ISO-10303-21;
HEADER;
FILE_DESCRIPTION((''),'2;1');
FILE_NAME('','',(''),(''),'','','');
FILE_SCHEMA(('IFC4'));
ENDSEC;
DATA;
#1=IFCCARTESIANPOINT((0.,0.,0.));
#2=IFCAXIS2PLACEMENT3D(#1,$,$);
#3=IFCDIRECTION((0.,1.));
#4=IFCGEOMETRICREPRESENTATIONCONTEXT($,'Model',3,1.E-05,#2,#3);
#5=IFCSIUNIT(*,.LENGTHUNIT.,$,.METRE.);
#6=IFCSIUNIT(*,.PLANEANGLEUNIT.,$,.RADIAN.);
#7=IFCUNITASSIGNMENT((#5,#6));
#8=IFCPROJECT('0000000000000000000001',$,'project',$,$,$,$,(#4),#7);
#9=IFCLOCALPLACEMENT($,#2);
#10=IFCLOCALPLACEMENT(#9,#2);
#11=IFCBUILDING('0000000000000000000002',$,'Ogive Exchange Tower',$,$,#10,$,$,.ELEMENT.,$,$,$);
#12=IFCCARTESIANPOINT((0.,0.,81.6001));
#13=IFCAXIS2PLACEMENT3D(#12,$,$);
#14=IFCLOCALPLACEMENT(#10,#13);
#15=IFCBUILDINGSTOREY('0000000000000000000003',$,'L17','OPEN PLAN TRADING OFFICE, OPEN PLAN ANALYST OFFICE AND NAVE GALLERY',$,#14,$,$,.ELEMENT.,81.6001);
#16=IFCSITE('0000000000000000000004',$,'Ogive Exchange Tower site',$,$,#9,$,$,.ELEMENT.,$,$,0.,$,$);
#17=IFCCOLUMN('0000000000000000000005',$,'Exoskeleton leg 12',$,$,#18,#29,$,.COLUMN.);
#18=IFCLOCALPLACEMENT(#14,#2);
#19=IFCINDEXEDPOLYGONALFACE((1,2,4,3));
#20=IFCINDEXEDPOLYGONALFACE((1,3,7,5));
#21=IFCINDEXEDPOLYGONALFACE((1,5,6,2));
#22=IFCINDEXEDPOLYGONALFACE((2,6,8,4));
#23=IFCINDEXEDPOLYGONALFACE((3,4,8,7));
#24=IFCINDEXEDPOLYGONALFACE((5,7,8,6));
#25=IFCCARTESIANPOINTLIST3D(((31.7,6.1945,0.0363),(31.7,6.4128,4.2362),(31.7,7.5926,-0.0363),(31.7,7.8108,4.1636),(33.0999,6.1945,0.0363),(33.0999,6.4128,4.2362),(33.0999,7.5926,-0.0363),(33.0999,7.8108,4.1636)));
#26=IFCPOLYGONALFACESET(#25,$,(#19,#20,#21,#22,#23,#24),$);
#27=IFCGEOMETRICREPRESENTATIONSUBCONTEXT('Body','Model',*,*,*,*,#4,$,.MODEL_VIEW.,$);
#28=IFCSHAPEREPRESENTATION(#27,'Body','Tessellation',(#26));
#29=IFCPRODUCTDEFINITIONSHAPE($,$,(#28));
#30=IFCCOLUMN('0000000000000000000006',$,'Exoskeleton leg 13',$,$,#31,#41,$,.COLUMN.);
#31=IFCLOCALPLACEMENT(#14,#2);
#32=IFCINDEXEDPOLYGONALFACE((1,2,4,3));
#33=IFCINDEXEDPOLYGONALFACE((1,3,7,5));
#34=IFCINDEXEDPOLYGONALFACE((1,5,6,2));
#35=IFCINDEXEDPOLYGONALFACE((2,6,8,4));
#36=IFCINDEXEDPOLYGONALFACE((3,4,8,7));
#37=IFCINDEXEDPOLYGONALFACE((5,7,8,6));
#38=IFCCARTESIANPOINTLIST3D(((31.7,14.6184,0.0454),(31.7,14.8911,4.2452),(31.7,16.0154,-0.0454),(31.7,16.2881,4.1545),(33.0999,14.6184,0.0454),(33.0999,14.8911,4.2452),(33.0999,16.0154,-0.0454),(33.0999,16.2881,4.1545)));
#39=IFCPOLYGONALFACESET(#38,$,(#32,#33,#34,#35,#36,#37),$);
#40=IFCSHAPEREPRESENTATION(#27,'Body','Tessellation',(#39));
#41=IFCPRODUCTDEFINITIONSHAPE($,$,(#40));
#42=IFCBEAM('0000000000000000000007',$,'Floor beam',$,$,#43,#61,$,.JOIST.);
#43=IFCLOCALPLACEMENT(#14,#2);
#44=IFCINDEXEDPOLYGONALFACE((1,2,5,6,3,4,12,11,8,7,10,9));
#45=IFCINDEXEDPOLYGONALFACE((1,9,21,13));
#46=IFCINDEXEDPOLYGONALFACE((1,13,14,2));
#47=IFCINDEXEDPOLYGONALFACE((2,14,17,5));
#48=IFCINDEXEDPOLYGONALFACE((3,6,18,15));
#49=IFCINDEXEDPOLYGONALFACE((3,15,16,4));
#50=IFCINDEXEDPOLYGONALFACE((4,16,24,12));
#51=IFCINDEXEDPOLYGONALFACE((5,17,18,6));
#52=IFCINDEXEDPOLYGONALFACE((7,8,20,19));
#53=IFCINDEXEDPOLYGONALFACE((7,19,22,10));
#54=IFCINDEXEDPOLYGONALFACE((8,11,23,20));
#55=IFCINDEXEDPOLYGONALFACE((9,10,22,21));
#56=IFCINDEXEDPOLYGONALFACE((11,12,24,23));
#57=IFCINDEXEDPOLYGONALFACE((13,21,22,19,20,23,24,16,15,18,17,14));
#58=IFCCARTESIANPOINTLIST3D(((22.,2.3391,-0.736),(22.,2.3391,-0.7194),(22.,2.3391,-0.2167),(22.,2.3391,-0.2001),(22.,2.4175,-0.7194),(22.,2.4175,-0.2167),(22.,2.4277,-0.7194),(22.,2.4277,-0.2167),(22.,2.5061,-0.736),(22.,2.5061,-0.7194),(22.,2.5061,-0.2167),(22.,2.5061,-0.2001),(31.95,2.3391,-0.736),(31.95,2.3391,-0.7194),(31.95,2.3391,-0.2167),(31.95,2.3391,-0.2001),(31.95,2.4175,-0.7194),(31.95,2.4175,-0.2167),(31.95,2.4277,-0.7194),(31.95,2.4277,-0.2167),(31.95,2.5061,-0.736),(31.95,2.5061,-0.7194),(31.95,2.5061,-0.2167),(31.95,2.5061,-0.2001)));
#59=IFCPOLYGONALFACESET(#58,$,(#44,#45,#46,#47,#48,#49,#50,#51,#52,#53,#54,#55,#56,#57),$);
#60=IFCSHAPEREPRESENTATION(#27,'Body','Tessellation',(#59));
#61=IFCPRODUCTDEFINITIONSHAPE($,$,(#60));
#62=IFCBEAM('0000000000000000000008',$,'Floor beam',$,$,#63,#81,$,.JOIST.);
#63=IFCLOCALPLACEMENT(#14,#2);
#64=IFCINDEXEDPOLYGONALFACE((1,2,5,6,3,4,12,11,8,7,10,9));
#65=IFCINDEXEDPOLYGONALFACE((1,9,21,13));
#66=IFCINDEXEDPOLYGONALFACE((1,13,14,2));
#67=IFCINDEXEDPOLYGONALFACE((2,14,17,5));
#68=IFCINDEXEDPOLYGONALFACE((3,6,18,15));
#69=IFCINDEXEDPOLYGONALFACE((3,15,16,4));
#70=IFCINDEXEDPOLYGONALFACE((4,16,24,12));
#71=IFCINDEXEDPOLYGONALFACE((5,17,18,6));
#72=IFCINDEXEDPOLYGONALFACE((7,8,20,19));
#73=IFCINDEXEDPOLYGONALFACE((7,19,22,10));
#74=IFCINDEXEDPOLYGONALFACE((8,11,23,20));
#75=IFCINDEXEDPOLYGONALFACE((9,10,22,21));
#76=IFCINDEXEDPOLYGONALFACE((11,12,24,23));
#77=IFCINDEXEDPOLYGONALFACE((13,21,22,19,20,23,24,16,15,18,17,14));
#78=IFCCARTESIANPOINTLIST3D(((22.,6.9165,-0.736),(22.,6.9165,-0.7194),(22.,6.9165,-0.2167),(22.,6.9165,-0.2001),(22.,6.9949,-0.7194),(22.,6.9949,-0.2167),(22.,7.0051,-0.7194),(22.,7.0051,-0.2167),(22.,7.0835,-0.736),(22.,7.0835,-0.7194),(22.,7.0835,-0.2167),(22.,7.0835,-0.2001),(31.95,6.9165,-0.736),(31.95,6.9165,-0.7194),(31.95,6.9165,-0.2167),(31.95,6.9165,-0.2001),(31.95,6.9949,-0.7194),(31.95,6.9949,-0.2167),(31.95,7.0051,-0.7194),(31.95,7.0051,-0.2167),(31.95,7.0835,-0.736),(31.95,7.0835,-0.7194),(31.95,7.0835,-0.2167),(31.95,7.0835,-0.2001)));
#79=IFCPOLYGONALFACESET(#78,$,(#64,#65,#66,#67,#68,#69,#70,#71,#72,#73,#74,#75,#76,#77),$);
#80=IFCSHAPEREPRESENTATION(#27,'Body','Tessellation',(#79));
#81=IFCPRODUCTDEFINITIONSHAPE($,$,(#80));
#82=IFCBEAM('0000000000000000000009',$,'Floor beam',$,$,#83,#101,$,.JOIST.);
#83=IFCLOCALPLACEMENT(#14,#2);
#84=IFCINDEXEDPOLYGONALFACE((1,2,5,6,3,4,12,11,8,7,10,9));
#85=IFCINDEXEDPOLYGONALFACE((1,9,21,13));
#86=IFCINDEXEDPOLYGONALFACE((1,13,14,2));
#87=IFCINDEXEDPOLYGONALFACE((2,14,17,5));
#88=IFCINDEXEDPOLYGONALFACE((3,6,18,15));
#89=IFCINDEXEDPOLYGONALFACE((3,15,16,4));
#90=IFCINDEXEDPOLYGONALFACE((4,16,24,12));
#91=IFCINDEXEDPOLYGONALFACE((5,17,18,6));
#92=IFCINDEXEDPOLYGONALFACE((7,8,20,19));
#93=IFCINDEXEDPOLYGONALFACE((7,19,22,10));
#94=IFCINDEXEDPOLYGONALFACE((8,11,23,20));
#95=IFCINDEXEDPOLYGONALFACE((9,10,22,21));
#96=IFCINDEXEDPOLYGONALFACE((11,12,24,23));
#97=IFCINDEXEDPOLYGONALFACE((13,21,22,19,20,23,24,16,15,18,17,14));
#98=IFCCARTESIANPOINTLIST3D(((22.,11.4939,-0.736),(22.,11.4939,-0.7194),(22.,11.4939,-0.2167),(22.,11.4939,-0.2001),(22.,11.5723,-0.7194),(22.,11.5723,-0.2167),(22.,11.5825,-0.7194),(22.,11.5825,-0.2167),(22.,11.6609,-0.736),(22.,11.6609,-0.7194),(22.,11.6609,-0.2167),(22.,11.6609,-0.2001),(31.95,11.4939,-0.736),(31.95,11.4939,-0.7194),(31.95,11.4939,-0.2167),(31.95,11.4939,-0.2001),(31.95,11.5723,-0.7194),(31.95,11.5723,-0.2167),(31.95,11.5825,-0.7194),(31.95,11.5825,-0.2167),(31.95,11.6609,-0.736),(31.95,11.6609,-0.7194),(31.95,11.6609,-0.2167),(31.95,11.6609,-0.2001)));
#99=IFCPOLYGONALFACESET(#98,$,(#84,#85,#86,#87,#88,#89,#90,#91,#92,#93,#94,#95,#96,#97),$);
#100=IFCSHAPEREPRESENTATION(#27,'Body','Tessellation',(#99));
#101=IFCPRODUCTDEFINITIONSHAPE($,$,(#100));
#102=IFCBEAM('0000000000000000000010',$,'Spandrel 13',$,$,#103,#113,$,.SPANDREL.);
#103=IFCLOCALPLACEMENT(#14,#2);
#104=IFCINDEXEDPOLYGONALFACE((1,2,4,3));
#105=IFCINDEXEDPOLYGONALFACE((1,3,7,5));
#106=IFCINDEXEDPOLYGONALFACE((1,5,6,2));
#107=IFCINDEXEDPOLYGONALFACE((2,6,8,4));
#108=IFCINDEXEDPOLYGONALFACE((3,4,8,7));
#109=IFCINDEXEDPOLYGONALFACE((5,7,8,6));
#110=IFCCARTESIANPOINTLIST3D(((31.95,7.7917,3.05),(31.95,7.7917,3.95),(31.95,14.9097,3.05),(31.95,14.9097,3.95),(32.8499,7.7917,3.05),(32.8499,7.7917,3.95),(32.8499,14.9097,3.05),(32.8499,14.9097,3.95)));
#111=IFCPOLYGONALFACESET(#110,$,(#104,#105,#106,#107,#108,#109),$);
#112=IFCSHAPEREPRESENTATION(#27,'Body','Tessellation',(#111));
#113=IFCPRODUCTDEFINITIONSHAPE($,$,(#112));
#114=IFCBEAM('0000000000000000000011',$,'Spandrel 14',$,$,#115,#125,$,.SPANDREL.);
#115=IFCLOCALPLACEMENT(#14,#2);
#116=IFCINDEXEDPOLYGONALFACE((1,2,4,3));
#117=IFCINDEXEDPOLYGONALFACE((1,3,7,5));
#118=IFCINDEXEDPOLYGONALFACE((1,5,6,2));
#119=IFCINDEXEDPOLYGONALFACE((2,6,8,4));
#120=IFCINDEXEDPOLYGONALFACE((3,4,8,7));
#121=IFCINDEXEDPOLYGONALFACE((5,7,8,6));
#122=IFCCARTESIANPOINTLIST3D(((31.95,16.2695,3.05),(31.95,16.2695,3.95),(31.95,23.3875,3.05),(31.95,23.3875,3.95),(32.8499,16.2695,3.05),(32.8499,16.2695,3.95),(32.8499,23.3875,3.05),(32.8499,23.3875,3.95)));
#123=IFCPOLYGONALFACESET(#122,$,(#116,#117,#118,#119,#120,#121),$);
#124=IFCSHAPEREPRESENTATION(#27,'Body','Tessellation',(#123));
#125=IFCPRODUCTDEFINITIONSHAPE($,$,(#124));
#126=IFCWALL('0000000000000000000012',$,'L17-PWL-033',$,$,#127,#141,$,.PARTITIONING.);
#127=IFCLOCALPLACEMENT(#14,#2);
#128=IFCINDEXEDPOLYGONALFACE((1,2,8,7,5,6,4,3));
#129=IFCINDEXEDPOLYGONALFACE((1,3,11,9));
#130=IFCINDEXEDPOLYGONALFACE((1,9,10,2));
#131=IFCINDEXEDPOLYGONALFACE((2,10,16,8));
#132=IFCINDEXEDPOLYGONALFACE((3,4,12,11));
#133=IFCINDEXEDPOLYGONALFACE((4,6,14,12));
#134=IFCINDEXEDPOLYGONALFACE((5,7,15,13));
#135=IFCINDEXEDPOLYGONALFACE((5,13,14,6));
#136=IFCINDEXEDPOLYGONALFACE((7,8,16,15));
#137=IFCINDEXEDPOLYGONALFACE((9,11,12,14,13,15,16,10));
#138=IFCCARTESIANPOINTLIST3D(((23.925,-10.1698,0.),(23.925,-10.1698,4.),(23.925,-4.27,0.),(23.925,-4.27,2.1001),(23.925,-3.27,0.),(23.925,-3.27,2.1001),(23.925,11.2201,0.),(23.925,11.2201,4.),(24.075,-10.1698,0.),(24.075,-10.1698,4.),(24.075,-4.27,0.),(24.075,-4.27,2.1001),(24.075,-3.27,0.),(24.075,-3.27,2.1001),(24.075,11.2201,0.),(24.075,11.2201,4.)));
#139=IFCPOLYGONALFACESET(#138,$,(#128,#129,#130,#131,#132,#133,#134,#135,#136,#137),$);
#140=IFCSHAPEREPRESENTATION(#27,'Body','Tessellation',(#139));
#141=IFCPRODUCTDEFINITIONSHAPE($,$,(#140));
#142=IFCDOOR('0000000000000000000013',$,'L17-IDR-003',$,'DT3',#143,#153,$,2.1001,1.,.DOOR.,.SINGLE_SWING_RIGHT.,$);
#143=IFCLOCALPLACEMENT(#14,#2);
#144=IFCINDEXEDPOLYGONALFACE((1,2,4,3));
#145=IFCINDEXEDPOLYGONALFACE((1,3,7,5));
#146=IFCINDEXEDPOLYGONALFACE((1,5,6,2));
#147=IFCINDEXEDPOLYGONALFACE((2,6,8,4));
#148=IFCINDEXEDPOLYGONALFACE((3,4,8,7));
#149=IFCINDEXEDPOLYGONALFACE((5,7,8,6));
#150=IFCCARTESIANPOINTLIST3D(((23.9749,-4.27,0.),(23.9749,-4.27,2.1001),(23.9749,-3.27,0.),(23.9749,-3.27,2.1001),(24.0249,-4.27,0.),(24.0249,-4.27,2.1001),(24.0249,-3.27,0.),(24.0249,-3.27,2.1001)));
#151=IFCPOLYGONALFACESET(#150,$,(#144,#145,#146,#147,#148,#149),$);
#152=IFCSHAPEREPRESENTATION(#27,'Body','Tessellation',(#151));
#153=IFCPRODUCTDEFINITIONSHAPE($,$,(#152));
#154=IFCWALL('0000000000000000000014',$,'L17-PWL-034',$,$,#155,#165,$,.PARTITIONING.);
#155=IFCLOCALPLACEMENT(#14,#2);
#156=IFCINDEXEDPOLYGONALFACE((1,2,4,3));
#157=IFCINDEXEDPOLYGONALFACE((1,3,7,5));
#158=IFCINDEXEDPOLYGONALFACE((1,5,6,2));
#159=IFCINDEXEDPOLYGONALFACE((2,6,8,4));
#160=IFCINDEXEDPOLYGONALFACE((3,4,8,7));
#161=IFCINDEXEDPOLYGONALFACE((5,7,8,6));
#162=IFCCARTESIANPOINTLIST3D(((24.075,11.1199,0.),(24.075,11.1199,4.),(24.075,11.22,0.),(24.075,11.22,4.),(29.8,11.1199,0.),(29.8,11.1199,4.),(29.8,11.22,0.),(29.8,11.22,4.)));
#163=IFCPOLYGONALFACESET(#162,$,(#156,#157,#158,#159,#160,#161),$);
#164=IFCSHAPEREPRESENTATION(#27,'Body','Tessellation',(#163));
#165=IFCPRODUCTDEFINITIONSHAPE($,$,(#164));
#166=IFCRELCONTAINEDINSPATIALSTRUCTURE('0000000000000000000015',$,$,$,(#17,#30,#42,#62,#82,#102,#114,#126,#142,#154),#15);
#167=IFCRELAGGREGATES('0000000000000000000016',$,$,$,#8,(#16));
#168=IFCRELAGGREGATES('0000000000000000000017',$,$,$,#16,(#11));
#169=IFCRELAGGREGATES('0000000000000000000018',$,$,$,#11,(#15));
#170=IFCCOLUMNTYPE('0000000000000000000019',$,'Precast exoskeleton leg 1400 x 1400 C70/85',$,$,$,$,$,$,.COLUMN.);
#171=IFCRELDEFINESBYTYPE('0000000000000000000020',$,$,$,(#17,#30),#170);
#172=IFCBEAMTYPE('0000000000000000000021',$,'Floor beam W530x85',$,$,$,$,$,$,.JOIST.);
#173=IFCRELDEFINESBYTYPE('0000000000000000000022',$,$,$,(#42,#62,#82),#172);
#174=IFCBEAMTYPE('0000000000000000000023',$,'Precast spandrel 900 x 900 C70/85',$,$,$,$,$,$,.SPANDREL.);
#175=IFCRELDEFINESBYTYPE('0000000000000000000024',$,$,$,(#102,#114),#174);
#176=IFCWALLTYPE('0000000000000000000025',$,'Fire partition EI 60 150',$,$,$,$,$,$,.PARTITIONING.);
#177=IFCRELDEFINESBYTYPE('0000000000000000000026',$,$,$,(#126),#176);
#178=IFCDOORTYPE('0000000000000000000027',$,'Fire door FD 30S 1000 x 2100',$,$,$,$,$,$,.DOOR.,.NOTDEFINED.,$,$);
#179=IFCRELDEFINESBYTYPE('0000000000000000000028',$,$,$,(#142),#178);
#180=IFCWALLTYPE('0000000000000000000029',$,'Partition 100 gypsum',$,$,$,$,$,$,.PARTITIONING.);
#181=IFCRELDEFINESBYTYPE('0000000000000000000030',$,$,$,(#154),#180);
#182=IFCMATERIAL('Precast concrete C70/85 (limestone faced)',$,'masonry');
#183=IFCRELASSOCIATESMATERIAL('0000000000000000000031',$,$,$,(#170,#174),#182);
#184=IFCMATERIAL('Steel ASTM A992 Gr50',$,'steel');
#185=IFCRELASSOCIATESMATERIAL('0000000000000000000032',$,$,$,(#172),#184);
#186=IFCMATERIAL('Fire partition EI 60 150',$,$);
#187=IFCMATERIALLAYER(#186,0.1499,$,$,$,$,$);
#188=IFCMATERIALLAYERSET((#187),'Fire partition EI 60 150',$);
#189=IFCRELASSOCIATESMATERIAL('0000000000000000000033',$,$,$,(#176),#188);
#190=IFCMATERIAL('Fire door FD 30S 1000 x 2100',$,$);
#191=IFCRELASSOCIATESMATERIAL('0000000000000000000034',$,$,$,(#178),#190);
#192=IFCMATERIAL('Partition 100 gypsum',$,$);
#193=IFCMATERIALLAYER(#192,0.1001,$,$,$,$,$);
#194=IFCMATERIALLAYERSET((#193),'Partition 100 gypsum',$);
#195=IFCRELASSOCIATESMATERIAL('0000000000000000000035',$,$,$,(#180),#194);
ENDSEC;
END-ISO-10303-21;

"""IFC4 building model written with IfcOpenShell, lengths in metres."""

from ifc_helpers import new_model, si_unit, direction, frame, frame_2d, origin, origin_2d, place, context, subcontext, project, spatial, rectangle, i_section, extrude, material, layer, layer_set, material_profile, profile_set, type_object, element, fill, save


model = new_model("IFC4")

# Units and contexts
model_context = context("Model", 3, precision=1e-05, world=origin(), true_north=direction((0.0, 1.0)))
body_context = subcontext(model_context, "Body", "Model", "MODEL_VIEW")
ifc_project = project(units=[si_unit("LENGTHUNIT", "METRE"), si_unit("PLANEANGLEUNIT", "RADIAN")], contexts=[model_context])

# Site, building, storey
site_placement = place(None, origin())
site = spatial("IfcSite", under=ifc_project, at=site_placement, Name="Ogive Exchange Tower site", CompositionType="ELEMENT", RefElevation=0.0)
building_placement = place(site_placement, origin())
building = spatial("IfcBuilding", under=site, at=building_placement, Name="Ogive Exchange Tower", CompositionType="ELEMENT")
storey_placement = place(building_placement, frame((0.0, 0.0, 81.6001)))
storey = spatial("IfcBuildingStorey", under=building, at=storey_placement, Name="L17", Description="OPEN PLAN TRADING OFFICE, OPEN PLAN ANALYST OFFICE AND NAVE GALLERY", CompositionType="ELEMENT", Elevation=81.6001)

# Columns
ifc_material_1 = material(Name="Precast concrete C70/85 (limestone faced)", Category="masonry")
ifc_material_profile_1 = material_profile(ifc_material_1, rectangle(XDim=1.3999, YDim=1.3999, at=origin_2d()), Name="1400 x 1400")
ifc_profile_set_1 = profile_set([ifc_material_profile_1], Name="Precast concrete C70/85 (limestone faced)")
column_type = type_object("IfcColumnType", Name="Precast exoskeleton leg 1400 x 1400 C70/85", PredefinedType="COLUMN", material=ifc_profile_set_1)
column_1_placement = place(storey_placement, frame((32.3999, 6.8936, 0.0), z_axis=(0.0, 0.051898, 0.998652), x_axis=(-1.0, 0.0, 0.0)))
element("IfcColumn", 1, at=column_1_placement, inside=storey, type_object=column_type, Name="Exoskeleton leg 12", PredefinedType="COLUMN", context=body_context, shape_type="SweptSolid", body=[
    extrude(rectangle(XDim=1.3999, YDim=1.3999, at=origin_2d()), origin(), (0.0, 0.0, 1.0), 4.2056),
])
column_2_placement = place(storey_placement, frame((32.3999, 15.3169, 0.0), z_axis=(0.0, 0.064794, 0.997899), x_axis=(-1.0, 0.0, 0.0)))
element("IfcColumn", 2, at=column_2_placement, inside=storey, type_object=column_type, Name="Exoskeleton leg 13", PredefinedType="COLUMN", context=body_context, shape_type="SweptSolid", body=[
    extrude(rectangle(XDim=1.3999, YDim=1.3999, at=origin_2d()), origin(), (0.0, 0.0, 1.0), 4.2087),
])

# Beams
ifc_material_2 = material(Name="Steel ASTM A992 Gr50", Category="steel")
ifc_material_profile_2 = material_profile(ifc_material_2, i_section(OverallWidth=0.167, OverallDepth=0.5359, WebThickness=0.0103, FlangeThickness=0.0166, at=origin_2d()), Name="W530x85")
ifc_profile_set_2 = profile_set([ifc_material_profile_2], Name="Steel ASTM A992 Gr50")
beam_type_1 = type_object("IfcBeamType", Name="Floor beam W530x85", PredefinedType="JOIST", material=ifc_profile_set_2)
for number, where, z_axis, x_axis, name in (
    (3, (22.0, 2.4226, -0.468), (1.0, 0.0, 0.0), (0.0, 1.0, 0.0), "Floor beam"),
    (4, (22.0, 7.0, -0.468), (1.0, 0.0, 0.0), (0.0, 1.0, 0.0), "Floor beam"),
    (5, (22.0, 11.5774, -0.468), (1.0, 0.0, 0.0), (0.0, 1.0, 0.0), "Floor beam"),
):
    element("IfcBeam", number, at=place(storey_placement, frame(where, z_axis=z_axis, x_axis=x_axis)), inside=storey, type_object=beam_type_1, Name=name, PredefinedType="JOIST", context=body_context, shape_type="SweptSolid", body=[
        extrude(i_section(OverallWidth=0.167, OverallDepth=0.5359, WebThickness=0.0103, FlangeThickness=0.0166, at=origin_2d()), origin(), (0.0, 0.0, 1.0), 9.95),
    ])
ifc_material_profile_3 = material_profile(ifc_material_1, rectangle(XDim=0.8999, YDim=0.8999, at=origin_2d()), Name="900 x 900")
ifc_profile_set_3 = profile_set([ifc_material_profile_3], Name="Precast concrete C70/85 (limestone faced)")
beam_type_2 = type_object("IfcBeamType", Name="Precast spandrel 900 x 900 C70/85", PredefinedType="SPANDREL", material=ifc_profile_set_3)
for number, where, z_axis, x_axis, name in (
    (6, (32.3999, 7.7917, 3.5), (0.0, 1.0, 0.0), (-1.0, 0.0, 0.0), "Spandrel 13"),
    (7, (32.3999, 16.2695, 3.5), (0.0, 1.0, 0.0), (-1.0, 0.0, 0.0), "Spandrel 14"),
):
    element("IfcBeam", number, at=place(storey_placement, frame(where, z_axis=z_axis, x_axis=x_axis)), inside=storey, type_object=beam_type_2, Name=name, PredefinedType="SPANDREL", context=body_context, shape_type="SweptSolid", body=[
        extrude(rectangle(XDim=0.8999, YDim=0.8999, at=origin_2d()), origin(), (0.0, 0.0, 1.0), 7.1179),
    ])

# Wall, opening, door
ifc_material_3 = material(Name="Fire partition EI 60 150")
ifc_layer_1 = layer(ifc_material_3, 0.1499)
ifc_layer_set_1 = layer_set([ifc_layer_1], Name="Fire partition EI 60 150")
wall_type_1 = type_object("IfcWallType", Name="Fire partition EI 60 150", PredefinedType="PARTITIONING", material=ifc_layer_set_1)
wall_1_placement = place(storey_placement, frame((24.0, 11.22, 0.0), z_axis=(0.0, 0.0, 1.0), x_axis=(0.0, -1.0, 0.0)))
wall_1 = element("IfcWall", 8, at=wall_1_placement, inside=storey, type_object=wall_type_1, Name="L17-PWL-033", PredefinedType="PARTITIONING", context=body_context, shape_type="SweptSolid", body=[
    extrude(rectangle(XDim=21.3899, YDim=0.1499, at=frame_2d((10.6948, 0.0))), origin(), (0.0, 0.0, 1.0), 4.0),
])
opening_1_placement = place(wall_1_placement, frame((14.49, 0.0, 0.0)))
opening_1 = element("IfcOpeningElement", 9, at=opening_1_placement, cuts=wall_1, PredefinedType="OPENING", context=body_context, shape_type="SweptSolid", body=[
    extrude(rectangle(XDim=1.0, YDim=2.1001, at=frame_2d((0.5, 1.05))), frame((0.0, 0.085, 0.0), z_axis=(0.0, -1.0, 0.0), x_axis=(1.0, 0.0, 0.0)), (0.0, 0.0, 1.0), 0.1699),
])
ifc_material_4 = material(Name="Fire door FD 30S 1000 x 2100")
door_type_1 = type_object("IfcDoorType", Name="Fire door FD 30S 1000 x 2100", OperationType="NOTDEFINED", PredefinedType="DOOR", material=ifc_material_4)
door_1_placement = place(opening_1_placement, origin())
door_1 = element("IfcDoor", 10, at=door_1_placement, inside=storey, type_object=door_type_1, Name="L17-IDR-003", ObjectType="DT3", OperationType="SINGLE_SWING_RIGHT", OverallHeight=2.1001, OverallWidth=1.0, PredefinedType="DOOR", context=body_context, shape_type="SweptSolid", body=[
    extrude(rectangle(XDim=1.0, YDim=2.1001, at=frame_2d((0.5, 1.05))), frame((0.0, 0.0249, 0.0), z_axis=(0.0, -1.0, 0.0), x_axis=(1.0, 0.0, 0.0)), (0.0, 0.0, 1.0), 0.05),
])
fill(opening_1, door_1)

# Wall
ifc_material_5 = material(Name="Partition 100 gypsum")
ifc_layer_2 = layer(ifc_material_5, 0.1001)
ifc_layer_set_2 = layer_set([ifc_layer_2], Name="Partition 100 gypsum")
wall_type_2 = type_object("IfcWallType", Name="Partition 100 gypsum", PredefinedType="PARTITIONING", material=ifc_layer_set_2)
wall_2_placement = place(storey_placement, frame((24.075, 11.1699, 0.0), z_axis=(0.0, 0.0, 1.0), x_axis=(1.0, 0.0, 0.0)))
element("IfcWall", 11, at=wall_2_placement, inside=storey, type_object=wall_type_2, Name="L17-PWL-034", PredefinedType="PARTITIONING", context=body_context, shape_type="SweptSolid", body=[
    extrude(rectangle(XDim=5.7251, YDim=0.1001, at=frame_2d((2.8625, 0.0))), origin(), (0.0, 0.0, 1.0), 4.0),
])

save(model, "model.ifc")
